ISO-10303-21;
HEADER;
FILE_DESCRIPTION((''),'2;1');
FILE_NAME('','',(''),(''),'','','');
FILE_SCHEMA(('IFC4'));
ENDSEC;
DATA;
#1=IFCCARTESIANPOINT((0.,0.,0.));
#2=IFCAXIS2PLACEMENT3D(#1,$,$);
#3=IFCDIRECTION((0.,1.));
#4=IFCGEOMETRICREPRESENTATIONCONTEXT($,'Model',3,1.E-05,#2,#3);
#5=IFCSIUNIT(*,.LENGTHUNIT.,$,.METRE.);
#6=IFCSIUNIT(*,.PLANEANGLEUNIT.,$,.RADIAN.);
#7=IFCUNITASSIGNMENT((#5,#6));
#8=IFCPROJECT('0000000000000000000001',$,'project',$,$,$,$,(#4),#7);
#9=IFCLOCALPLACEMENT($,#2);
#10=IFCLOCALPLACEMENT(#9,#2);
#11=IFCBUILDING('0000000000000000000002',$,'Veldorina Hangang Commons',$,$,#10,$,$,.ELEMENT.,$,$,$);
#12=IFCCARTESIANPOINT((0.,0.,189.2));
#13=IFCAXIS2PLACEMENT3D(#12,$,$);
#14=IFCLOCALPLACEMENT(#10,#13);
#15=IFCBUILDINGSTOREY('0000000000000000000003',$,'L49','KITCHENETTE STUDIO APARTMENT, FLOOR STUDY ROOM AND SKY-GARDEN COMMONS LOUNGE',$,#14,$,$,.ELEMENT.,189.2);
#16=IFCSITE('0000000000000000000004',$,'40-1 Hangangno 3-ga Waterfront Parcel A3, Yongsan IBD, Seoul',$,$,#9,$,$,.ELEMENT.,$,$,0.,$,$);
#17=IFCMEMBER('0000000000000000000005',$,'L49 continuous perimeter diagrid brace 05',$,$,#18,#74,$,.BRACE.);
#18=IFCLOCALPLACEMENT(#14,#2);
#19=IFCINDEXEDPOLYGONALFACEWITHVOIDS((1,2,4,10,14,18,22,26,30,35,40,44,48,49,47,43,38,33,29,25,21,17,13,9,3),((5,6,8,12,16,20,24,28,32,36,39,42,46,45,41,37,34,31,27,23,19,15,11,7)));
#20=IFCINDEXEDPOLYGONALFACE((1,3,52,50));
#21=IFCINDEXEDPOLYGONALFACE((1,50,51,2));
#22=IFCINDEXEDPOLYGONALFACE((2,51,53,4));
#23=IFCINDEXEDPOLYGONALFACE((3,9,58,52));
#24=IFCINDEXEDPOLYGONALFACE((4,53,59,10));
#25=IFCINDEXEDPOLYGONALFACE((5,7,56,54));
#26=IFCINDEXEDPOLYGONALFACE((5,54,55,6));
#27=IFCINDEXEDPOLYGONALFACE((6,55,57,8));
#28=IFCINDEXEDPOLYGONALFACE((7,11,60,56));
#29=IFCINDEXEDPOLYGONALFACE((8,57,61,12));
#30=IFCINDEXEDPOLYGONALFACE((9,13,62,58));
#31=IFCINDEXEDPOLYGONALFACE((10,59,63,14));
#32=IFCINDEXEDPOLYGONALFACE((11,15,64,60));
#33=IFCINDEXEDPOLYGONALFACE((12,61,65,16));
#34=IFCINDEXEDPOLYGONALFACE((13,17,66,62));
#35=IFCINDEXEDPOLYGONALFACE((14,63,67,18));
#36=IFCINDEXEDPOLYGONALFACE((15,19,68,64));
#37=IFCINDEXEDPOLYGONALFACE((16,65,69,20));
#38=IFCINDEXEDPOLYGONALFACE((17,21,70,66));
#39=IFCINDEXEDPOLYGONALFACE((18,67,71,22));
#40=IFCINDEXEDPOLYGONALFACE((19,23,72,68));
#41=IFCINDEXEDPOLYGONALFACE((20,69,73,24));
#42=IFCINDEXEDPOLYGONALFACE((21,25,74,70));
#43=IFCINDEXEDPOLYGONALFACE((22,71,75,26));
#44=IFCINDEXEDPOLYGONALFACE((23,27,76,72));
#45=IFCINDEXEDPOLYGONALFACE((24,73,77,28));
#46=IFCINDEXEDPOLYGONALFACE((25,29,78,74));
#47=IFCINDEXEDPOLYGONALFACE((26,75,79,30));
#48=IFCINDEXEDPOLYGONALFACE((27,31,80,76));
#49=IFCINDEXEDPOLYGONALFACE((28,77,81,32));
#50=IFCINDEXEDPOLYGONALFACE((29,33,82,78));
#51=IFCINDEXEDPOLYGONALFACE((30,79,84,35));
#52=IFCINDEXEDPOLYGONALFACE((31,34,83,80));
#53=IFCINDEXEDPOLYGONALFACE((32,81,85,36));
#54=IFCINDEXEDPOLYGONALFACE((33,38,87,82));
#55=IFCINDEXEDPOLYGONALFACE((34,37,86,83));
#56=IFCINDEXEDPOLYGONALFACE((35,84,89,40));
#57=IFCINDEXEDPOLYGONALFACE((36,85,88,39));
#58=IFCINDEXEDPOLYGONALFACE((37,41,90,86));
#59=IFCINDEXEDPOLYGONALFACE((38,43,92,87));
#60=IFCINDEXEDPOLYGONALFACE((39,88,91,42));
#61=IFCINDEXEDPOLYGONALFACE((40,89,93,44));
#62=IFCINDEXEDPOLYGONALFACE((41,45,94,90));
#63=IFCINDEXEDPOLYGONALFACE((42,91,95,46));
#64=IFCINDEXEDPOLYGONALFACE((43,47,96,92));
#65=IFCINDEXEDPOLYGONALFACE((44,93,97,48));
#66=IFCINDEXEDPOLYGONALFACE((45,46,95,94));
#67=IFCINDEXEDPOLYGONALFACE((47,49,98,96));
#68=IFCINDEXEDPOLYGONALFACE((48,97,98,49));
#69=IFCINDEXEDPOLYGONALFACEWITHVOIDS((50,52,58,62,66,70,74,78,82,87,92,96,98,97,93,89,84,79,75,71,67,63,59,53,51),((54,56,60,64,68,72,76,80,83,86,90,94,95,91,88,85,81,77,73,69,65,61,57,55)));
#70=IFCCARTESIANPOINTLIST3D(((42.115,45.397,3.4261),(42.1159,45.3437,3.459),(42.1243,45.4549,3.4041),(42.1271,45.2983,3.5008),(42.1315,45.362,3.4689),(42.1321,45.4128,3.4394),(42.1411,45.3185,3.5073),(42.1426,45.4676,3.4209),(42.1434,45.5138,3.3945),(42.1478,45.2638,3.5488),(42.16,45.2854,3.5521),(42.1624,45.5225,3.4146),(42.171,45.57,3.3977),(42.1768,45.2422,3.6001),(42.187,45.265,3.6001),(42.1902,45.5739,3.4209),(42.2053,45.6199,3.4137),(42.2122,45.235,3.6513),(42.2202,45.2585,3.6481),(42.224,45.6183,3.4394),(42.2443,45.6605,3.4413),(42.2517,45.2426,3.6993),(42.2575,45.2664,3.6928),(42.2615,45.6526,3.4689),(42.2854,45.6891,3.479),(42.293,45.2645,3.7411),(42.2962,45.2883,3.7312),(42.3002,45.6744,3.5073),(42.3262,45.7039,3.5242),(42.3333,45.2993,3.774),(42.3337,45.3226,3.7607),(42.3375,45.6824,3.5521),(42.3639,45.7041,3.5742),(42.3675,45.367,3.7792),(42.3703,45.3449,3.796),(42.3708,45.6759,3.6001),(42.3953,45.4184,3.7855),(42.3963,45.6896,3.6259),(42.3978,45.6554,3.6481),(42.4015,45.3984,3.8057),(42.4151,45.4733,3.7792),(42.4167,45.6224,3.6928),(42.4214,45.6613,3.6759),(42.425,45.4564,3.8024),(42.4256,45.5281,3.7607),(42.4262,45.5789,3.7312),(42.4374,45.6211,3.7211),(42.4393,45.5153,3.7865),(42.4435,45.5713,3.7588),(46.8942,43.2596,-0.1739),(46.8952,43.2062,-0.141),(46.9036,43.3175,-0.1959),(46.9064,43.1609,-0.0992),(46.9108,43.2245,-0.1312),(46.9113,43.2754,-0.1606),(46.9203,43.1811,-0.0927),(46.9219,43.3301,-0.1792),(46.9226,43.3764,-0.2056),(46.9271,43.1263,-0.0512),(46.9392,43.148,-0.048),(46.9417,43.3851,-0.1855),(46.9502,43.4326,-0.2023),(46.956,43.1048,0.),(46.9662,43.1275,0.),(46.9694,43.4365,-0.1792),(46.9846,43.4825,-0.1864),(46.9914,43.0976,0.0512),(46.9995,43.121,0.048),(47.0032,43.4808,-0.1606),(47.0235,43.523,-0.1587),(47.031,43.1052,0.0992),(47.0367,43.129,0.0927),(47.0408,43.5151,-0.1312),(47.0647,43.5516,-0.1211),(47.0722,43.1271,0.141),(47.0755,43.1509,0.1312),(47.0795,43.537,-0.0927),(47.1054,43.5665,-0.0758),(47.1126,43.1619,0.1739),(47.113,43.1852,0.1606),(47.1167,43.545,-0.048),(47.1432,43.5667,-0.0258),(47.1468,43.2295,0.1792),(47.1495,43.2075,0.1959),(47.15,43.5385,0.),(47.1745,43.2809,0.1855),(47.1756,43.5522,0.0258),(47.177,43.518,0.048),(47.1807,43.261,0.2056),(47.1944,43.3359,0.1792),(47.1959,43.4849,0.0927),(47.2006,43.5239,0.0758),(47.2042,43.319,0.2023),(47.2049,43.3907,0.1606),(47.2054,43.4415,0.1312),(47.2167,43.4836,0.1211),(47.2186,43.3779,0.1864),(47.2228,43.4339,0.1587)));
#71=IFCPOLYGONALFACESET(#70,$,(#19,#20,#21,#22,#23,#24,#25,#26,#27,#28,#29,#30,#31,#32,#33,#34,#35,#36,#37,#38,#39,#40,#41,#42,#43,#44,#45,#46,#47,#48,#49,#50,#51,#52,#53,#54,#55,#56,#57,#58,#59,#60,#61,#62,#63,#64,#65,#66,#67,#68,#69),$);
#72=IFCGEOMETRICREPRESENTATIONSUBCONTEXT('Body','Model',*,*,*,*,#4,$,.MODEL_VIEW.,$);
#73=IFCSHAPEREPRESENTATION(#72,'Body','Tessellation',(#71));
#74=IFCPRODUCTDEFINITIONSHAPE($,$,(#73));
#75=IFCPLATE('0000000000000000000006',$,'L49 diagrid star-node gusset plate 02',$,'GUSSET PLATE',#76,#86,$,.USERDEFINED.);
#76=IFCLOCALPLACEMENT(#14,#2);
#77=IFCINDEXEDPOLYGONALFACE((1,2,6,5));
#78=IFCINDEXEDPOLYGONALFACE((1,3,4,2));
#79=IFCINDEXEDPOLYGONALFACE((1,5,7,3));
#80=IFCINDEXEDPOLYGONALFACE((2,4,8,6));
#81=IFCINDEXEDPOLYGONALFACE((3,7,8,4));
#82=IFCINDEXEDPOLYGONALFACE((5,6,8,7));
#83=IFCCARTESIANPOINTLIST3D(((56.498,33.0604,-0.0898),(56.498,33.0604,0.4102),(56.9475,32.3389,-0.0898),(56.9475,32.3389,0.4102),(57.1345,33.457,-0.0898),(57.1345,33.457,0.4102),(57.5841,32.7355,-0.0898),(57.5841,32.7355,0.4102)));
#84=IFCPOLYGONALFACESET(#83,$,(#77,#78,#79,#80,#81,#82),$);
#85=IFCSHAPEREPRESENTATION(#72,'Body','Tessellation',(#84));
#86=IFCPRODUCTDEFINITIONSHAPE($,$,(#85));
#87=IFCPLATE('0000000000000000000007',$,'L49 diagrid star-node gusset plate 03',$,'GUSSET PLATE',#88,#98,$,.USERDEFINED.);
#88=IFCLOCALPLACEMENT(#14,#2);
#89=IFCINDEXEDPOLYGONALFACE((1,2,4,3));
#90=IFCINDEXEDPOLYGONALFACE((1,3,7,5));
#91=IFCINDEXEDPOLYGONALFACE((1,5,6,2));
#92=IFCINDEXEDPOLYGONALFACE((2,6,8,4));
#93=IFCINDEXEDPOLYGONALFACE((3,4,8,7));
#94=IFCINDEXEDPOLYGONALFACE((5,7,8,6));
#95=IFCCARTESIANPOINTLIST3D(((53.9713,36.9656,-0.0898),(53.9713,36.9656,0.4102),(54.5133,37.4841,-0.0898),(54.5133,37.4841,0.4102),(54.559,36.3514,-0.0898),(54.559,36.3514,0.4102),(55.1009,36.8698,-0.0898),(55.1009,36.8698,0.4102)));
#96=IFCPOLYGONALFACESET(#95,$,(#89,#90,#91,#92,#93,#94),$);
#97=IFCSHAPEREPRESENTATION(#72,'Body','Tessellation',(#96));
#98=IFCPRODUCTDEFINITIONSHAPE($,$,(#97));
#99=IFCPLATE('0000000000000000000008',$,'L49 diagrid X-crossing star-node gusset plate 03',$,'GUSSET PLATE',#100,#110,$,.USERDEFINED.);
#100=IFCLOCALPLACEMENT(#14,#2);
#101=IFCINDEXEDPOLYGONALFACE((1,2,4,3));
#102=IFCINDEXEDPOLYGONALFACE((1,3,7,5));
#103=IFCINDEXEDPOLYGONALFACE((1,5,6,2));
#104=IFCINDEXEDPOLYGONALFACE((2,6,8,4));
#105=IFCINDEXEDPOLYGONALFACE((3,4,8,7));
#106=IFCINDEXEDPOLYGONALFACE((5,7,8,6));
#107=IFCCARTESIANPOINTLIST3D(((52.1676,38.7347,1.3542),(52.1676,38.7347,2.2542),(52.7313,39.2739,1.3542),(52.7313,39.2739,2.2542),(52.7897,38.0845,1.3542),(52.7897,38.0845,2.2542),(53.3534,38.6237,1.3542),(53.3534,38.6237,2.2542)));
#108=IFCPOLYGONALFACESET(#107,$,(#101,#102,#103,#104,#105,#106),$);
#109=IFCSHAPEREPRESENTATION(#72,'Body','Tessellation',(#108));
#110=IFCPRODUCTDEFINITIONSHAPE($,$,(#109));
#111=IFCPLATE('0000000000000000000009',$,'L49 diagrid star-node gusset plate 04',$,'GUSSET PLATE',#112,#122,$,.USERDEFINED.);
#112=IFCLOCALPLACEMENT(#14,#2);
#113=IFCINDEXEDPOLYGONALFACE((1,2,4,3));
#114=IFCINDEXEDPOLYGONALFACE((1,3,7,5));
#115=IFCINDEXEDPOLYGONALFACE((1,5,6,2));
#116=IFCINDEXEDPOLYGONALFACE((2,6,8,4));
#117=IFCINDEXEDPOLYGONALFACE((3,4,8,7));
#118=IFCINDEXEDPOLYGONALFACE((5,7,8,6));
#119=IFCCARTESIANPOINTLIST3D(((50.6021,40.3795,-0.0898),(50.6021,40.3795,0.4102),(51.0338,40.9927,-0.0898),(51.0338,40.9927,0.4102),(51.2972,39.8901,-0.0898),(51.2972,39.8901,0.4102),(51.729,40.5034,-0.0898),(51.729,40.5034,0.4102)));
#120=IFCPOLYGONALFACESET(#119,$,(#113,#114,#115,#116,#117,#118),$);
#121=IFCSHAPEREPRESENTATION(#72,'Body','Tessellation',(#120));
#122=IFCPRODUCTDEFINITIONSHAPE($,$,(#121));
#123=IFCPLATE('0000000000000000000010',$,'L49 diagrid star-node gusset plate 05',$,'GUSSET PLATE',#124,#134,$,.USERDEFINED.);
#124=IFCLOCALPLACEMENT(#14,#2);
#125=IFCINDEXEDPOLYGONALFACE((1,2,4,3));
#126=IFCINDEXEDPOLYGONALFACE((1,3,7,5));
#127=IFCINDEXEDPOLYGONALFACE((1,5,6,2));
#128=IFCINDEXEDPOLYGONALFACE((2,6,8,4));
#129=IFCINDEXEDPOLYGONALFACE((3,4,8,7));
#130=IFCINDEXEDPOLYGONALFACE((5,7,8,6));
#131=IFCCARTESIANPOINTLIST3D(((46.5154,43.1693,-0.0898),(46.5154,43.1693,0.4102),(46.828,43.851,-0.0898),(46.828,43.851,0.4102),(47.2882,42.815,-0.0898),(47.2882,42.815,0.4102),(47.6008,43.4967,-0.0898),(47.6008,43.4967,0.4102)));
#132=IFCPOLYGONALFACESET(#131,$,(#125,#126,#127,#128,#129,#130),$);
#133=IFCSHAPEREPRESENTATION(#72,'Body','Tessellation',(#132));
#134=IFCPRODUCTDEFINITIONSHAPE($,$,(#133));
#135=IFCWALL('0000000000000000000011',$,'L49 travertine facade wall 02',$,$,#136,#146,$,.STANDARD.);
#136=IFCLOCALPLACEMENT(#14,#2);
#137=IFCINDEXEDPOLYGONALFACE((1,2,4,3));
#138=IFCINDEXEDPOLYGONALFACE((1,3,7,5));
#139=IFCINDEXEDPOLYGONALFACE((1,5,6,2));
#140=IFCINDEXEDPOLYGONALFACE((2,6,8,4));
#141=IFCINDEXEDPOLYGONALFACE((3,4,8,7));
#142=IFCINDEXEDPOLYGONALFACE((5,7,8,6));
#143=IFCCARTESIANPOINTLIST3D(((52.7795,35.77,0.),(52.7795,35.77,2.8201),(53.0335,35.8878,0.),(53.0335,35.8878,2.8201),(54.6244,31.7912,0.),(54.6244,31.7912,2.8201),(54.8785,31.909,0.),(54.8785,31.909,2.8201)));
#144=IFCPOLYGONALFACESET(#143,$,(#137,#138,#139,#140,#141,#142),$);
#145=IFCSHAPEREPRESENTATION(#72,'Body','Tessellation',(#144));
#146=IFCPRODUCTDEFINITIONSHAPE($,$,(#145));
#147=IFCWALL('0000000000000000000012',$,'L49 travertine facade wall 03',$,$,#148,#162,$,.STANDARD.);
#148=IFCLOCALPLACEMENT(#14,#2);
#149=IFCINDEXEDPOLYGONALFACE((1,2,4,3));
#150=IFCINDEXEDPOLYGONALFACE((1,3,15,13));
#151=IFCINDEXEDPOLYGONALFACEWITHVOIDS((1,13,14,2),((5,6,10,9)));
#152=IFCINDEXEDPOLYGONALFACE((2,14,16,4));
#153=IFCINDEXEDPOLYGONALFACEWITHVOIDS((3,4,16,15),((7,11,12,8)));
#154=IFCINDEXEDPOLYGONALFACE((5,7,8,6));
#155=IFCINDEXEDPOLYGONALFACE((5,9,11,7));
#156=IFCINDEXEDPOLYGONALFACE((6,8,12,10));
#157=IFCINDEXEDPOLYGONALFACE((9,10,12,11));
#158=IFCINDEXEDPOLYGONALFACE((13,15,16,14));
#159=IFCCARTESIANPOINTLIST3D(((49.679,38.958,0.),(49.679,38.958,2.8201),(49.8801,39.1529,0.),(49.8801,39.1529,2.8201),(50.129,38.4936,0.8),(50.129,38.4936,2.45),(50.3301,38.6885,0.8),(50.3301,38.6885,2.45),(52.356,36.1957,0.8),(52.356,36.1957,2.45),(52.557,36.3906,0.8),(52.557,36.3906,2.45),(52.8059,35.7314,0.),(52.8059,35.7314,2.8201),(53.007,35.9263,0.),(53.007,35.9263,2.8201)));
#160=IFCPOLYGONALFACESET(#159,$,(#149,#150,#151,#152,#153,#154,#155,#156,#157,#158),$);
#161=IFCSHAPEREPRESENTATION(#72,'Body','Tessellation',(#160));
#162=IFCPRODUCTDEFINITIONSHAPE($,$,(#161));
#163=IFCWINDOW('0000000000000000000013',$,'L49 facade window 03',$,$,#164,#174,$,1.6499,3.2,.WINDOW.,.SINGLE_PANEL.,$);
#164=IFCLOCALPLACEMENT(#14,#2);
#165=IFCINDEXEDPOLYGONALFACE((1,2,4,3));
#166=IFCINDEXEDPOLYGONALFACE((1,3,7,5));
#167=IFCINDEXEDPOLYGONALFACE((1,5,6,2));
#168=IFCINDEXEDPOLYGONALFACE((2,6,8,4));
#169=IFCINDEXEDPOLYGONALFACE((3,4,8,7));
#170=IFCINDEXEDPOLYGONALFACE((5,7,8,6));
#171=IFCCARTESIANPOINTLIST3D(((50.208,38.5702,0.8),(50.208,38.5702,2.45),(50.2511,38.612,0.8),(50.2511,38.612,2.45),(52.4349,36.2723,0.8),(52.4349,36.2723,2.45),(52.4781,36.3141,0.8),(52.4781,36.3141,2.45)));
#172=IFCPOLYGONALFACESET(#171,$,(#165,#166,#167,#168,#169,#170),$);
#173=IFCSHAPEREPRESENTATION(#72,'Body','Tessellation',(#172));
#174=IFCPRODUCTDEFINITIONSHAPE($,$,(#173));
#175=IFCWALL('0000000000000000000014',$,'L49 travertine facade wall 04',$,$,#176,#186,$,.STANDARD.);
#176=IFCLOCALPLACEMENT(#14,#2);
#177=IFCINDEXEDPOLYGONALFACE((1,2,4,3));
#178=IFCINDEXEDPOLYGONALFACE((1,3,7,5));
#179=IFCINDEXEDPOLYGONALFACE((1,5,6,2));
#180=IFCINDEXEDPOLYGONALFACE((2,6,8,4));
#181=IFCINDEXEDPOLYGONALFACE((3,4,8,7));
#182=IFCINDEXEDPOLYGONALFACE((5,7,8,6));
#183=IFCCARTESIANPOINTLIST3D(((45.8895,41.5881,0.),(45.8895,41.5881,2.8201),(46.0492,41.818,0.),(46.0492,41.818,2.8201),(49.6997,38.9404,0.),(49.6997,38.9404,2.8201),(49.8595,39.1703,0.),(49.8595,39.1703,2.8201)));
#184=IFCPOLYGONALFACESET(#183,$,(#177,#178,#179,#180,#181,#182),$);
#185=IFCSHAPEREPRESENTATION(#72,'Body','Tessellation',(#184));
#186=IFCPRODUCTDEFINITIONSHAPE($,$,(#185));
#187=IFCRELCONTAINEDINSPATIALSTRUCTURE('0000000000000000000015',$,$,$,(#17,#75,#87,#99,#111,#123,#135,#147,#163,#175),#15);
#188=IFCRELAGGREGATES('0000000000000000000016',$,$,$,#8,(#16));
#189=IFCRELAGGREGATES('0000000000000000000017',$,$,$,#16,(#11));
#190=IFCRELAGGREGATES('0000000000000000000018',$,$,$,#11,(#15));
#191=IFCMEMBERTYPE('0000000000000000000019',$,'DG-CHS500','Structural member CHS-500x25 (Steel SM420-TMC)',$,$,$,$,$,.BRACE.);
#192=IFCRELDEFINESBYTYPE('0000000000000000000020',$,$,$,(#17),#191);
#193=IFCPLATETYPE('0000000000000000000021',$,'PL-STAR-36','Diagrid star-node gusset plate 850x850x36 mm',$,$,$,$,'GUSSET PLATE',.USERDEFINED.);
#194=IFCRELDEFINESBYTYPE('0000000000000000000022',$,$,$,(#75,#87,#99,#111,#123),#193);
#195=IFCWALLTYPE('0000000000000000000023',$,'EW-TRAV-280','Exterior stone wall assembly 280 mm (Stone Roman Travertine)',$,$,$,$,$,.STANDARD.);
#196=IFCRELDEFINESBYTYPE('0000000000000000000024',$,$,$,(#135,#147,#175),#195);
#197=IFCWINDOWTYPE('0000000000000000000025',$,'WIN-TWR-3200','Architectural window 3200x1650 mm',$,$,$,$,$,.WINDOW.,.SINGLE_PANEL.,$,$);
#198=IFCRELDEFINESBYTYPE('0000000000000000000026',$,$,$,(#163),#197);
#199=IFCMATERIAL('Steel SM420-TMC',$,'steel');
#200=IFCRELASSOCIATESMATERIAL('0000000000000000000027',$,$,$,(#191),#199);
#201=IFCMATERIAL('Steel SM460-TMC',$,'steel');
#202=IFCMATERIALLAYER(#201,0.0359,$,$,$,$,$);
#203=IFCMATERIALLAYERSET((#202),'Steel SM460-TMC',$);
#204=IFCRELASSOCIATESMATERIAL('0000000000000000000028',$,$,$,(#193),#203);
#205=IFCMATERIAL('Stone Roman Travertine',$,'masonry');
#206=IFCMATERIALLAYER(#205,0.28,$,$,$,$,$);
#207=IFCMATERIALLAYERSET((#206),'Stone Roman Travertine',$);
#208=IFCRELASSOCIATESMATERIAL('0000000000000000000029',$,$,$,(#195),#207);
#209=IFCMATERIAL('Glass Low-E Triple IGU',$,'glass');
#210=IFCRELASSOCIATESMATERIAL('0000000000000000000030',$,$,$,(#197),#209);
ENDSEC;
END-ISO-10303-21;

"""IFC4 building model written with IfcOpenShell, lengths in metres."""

from ifc_helpers import new_model, si_unit, direction, frame, frame_2d, origin, origin_2d, place, context, subcontext, project, spatial, rectangle, hollow_circle, extrude, material, layer, layer_set, material_profile, profile_set, type_object, element, fill, save


model = new_model("IFC4")

# Units and contexts
model_context = context("Model", 3, precision=1e-05, world=origin(), true_north=direction((0.0, 1.0)))
body_context = subcontext(model_context, "Body", "Model", "MODEL_VIEW")
ifc_project = project(units=[si_unit("LENGTHUNIT", "METRE"), si_unit("PLANEANGLEUNIT", "RADIAN")], contexts=[model_context])

# Site, building, storey
site_placement = place(None, origin())
site = spatial("IfcSite", under=ifc_project, at=site_placement, Name="40-1 Hangangno 3-ga Waterfront Parcel A3, Yongsan IBD, Seoul", CompositionType="ELEMENT", RefElevation=0.0)
building_placement = place(site_placement, origin())
building = spatial("IfcBuilding", under=site, at=building_placement, Name="Veldorina Hangang Commons", CompositionType="ELEMENT")
storey_placement = place(building_placement, frame((0.0, 0.0, 189.2)))
storey = spatial("IfcBuildingStorey", under=building, at=storey_placement, Name="L49", Description="KITCHENETTE STUDIO APARTMENT, FLOOR STUDY ROOM AND SKY-GARDEN COMMONS LOUNGE", CompositionType="ELEMENT", Elevation=189.2)

# Shared definitions
ifc_material_1 = material(Name="Steel SM420-TMC", Category="steel")

# Shared definitions
ifc_material_2 = material(Name="Glass Low-E Triple IGU", Category="glass")

# Member
ifc_material_profile_1 = material_profile(ifc_material_1, hollow_circle(Radius=0.25, WallThickness=0.0249, at=origin_2d()), Name="CHS-500x25")
ifc_profile_set_1 = profile_set([ifc_material_profile_1], Name="Steel SM420-TMC")
member_type_1 = type_object("IfcMemberType", Name="DG-CHS500", Description="Structural member CHS-500x25 (Steel SM420-TMC)", PredefinedType="BRACE", material=ifc_profile_set_1)
member_1_placement = place(storey_placement, frame((47.0581, 43.333, 0.0), z_axis=(-0.752192, 0.336404, 0.566603), x_axis=(-0.408262, -0.912865, 0.0)))
element("IfcMember", 1, at=member_1_placement, inside=storey, type_object=member_type_1, Name="L49 continuous perimeter diagrid brace 05", PredefinedType="BRACE", context=body_context, shape_type="SweptSolid", body=[
    extrude(hollow_circle(Radius=0.25, WallThickness=0.0249, at=origin_2d()), origin(), (0.0, 0.0, 1.0), 6.3538),
])

# Plates
ifc_material_3 = material(Name="Steel SM460-TMC", Category="steel")
ifc_layer_1 = layer(ifc_material_3, 0.0359)
ifc_layer_set_1 = layer_set([ifc_layer_1], Name="Steel SM460-TMC")
plate_type = type_object("IfcPlateType", Name="PL-STAR-36", Description="Diagrid star-node gusset plate 850x850x36 mm", ElementType="GUSSET PLATE", PredefinedType="USERDEFINED", material=ifc_layer_set_1)
for number, where, z_axis, x_axis, name in (
    (2, (57.041, 32.8979, -0.0898), (0.0, 0.0, 1.0), (-0.528838, 0.848723, 0.0), "L49 diagrid star-node gusset plate 02"),
    (3, (54.5361, 36.9177, -0.0898), (0.0, 0.0, 1.0), (-0.691261, 0.722605, 0.0), "L49 diagrid star-node gusset plate 03"),
):
    element("IfcPlate", number, at=place(storey_placement, frame(where, z_axis=z_axis, x_axis=x_axis)), inside=storey, type_object=plate_type, Name=name, ObjectType="GUSSET PLATE", PredefinedType="USERDEFINED", context=body_context, shape_type="SweptSolid", body=[
        extrude(rectangle(XDim=0.8501, YDim=0.75, at=origin_2d()), origin(), (0.0, 0.0, 1.0), 0.5),
    ])
plate_placement = place(storey_placement, frame((52.7605, 38.6792, 1.3542), z_axis=(0.0, 0.0, 1.0), x_axis=(-0.691261, 0.722605, 0.0)))
element("IfcPlate", 4, at=plate_placement, inside=storey, type_object=plate_type, Name="L49 diagrid X-crossing star-node gusset plate 03", ObjectType="GUSSET PLATE", PredefinedType="USERDEFINED", context=body_context, shape_type="SweptSolid", body=[
    extrude(rectangle(XDim=0.8999, YDim=0.78, at=origin_2d()), origin(), (0.0, 0.0, 1.0), 0.8999),
])
for number, where, z_axis, x_axis, name in (
    (5, (51.1655, 40.4414, -0.0898), (0.0, 0.0, 1.0), (-0.817688, 0.575662, 0.0), "L49 diagrid star-node gusset plate 04"),
    (6, (47.0581, 43.333, -0.0898), (0.0, 0.0, 1.0), (-0.908989, 0.41682, 0.0), "L49 diagrid star-node gusset plate 05"),
):
    element("IfcPlate", number, at=place(storey_placement, frame(where, z_axis=z_axis, x_axis=x_axis)), inside=storey, type_object=plate_type, Name=name, ObjectType="GUSSET PLATE", PredefinedType="USERDEFINED", context=body_context, shape_type="SweptSolid", body=[
        extrude(rectangle(XDim=0.8501, YDim=0.75, at=origin_2d()), origin(), (0.0, 0.0, 1.0), 0.5),
    ])

# Wall
ifc_material_4 = material(Name="Stone Roman Travertine", Category="masonry")
ifc_layer_2 = layer(ifc_material_4, 0.28)
ifc_layer_set_2 = layer_set([ifc_layer_2], Name="Stone Roman Travertine")
wall_type_1 = type_object("IfcWallType", Name="EW-TRAV-280", Description="Exterior stone wall assembly 280 mm (Stone Roman Travertine)", PredefinedType="STANDARD", material=ifc_layer_set_2)
wall_1_placement = place(storey_placement, frame((54.7515, 31.8501, 0.0), z_axis=(0.0, 0.0, 1.0), x_axis=(-0.420678, 0.90721, 0.0)))
element("IfcWall", 7, at=wall_1_placement, inside=storey, type_object=wall_type_1, Name="L49 travertine facade wall 02", PredefinedType="STANDARD", context=body_context, shape_type="SweptSolid", body=[
    extrude(rectangle(XDim=4.3857, YDim=0.28, at=frame_2d((2.1929, 0.0))), origin(), (0.0, 0.0, 1.0), 2.8201),
])

# Wall, opening, window
wall_2_placement = place(storey_placement, frame((52.9065, 35.8289, 0.0), z_axis=(0.0, 0.0, 1.0), x_axis=(-0.695935, 0.718104, 0.0)))
wall_2 = element("IfcWall", 8, at=wall_2_placement, inside=storey, type_object=wall_type_1, Name="L49 travertine facade wall 03", PredefinedType="STANDARD", context=body_context, shape_type="SweptSolid", body=[
    extrude(rectangle(XDim=4.4932, YDim=0.28, at=frame_2d((2.2466, 0.0))), origin(), (0.0, 0.0, 1.0), 2.8201),
])
opening_1_placement = place(wall_2_placement, frame((0.6465, 0.0, 0.8)))
opening_1 = element("IfcOpeningElement", 9, at=opening_1_placement, cuts=wall_2, PredefinedType="OPENING", context=body_context, shape_type="SweptSolid", body=[
    extrude(rectangle(XDim=3.2, YDim=1.6499, at=frame_2d((1.6001, 0.825))), frame((0.0, 0.1499, 0.0), z_axis=(0.0, -1.0, 0.0), x_axis=(1.0, 0.0, 0.0)), (0.0, 0.0, 1.0), 0.3),
])
window_type = type_object("IfcWindowType", Name="WIN-TWR-3200", Description="Architectural window 3200x1650 mm", PartitioningType="SINGLE_PANEL", PredefinedType="WINDOW", material=ifc_material_2)
window_placement = place(opening_1_placement, origin())
window = element("IfcWindow", 10, at=window_placement, inside=storey, type_object=window_type, Name="L49 facade window 03", OverallHeight=1.6499, OverallWidth=3.2, PartitioningType="SINGLE_PANEL", PredefinedType="WINDOW", context=body_context, shape_type="SweptSolid", body=[
    extrude(rectangle(XDim=3.2, YDim=1.6499, at=frame_2d((1.6001, 0.825))), frame((0.0, 0.03, 0.0), z_axis=(0.0, -1.0, 0.0), x_axis=(1.0, 0.0, 0.0)), (0.0, 0.0, 1.0), 0.0601),
])
fill(opening_1, window)

# Wall
wall_3_placement = place(storey_placement, frame((49.7795, 39.0554, 0.0), z_axis=(0.0, 0.0, 1.0), x_axis=(-0.821202, 0.570637, 0.0)))
element("IfcWall", 11, at=wall_3_placement, inside=storey, type_object=wall_type_1, Name="L49 travertine facade wall 04", PredefinedType="STANDARD", context=body_context, shape_type="SweptSolid", body=[
    extrude(rectangle(XDim=4.6399, YDim=0.28, at=frame_2d((2.3198, 0.0))), origin(), (0.0, 0.0, 1.0), 2.8201),
])

save(model, "model.ifc")
